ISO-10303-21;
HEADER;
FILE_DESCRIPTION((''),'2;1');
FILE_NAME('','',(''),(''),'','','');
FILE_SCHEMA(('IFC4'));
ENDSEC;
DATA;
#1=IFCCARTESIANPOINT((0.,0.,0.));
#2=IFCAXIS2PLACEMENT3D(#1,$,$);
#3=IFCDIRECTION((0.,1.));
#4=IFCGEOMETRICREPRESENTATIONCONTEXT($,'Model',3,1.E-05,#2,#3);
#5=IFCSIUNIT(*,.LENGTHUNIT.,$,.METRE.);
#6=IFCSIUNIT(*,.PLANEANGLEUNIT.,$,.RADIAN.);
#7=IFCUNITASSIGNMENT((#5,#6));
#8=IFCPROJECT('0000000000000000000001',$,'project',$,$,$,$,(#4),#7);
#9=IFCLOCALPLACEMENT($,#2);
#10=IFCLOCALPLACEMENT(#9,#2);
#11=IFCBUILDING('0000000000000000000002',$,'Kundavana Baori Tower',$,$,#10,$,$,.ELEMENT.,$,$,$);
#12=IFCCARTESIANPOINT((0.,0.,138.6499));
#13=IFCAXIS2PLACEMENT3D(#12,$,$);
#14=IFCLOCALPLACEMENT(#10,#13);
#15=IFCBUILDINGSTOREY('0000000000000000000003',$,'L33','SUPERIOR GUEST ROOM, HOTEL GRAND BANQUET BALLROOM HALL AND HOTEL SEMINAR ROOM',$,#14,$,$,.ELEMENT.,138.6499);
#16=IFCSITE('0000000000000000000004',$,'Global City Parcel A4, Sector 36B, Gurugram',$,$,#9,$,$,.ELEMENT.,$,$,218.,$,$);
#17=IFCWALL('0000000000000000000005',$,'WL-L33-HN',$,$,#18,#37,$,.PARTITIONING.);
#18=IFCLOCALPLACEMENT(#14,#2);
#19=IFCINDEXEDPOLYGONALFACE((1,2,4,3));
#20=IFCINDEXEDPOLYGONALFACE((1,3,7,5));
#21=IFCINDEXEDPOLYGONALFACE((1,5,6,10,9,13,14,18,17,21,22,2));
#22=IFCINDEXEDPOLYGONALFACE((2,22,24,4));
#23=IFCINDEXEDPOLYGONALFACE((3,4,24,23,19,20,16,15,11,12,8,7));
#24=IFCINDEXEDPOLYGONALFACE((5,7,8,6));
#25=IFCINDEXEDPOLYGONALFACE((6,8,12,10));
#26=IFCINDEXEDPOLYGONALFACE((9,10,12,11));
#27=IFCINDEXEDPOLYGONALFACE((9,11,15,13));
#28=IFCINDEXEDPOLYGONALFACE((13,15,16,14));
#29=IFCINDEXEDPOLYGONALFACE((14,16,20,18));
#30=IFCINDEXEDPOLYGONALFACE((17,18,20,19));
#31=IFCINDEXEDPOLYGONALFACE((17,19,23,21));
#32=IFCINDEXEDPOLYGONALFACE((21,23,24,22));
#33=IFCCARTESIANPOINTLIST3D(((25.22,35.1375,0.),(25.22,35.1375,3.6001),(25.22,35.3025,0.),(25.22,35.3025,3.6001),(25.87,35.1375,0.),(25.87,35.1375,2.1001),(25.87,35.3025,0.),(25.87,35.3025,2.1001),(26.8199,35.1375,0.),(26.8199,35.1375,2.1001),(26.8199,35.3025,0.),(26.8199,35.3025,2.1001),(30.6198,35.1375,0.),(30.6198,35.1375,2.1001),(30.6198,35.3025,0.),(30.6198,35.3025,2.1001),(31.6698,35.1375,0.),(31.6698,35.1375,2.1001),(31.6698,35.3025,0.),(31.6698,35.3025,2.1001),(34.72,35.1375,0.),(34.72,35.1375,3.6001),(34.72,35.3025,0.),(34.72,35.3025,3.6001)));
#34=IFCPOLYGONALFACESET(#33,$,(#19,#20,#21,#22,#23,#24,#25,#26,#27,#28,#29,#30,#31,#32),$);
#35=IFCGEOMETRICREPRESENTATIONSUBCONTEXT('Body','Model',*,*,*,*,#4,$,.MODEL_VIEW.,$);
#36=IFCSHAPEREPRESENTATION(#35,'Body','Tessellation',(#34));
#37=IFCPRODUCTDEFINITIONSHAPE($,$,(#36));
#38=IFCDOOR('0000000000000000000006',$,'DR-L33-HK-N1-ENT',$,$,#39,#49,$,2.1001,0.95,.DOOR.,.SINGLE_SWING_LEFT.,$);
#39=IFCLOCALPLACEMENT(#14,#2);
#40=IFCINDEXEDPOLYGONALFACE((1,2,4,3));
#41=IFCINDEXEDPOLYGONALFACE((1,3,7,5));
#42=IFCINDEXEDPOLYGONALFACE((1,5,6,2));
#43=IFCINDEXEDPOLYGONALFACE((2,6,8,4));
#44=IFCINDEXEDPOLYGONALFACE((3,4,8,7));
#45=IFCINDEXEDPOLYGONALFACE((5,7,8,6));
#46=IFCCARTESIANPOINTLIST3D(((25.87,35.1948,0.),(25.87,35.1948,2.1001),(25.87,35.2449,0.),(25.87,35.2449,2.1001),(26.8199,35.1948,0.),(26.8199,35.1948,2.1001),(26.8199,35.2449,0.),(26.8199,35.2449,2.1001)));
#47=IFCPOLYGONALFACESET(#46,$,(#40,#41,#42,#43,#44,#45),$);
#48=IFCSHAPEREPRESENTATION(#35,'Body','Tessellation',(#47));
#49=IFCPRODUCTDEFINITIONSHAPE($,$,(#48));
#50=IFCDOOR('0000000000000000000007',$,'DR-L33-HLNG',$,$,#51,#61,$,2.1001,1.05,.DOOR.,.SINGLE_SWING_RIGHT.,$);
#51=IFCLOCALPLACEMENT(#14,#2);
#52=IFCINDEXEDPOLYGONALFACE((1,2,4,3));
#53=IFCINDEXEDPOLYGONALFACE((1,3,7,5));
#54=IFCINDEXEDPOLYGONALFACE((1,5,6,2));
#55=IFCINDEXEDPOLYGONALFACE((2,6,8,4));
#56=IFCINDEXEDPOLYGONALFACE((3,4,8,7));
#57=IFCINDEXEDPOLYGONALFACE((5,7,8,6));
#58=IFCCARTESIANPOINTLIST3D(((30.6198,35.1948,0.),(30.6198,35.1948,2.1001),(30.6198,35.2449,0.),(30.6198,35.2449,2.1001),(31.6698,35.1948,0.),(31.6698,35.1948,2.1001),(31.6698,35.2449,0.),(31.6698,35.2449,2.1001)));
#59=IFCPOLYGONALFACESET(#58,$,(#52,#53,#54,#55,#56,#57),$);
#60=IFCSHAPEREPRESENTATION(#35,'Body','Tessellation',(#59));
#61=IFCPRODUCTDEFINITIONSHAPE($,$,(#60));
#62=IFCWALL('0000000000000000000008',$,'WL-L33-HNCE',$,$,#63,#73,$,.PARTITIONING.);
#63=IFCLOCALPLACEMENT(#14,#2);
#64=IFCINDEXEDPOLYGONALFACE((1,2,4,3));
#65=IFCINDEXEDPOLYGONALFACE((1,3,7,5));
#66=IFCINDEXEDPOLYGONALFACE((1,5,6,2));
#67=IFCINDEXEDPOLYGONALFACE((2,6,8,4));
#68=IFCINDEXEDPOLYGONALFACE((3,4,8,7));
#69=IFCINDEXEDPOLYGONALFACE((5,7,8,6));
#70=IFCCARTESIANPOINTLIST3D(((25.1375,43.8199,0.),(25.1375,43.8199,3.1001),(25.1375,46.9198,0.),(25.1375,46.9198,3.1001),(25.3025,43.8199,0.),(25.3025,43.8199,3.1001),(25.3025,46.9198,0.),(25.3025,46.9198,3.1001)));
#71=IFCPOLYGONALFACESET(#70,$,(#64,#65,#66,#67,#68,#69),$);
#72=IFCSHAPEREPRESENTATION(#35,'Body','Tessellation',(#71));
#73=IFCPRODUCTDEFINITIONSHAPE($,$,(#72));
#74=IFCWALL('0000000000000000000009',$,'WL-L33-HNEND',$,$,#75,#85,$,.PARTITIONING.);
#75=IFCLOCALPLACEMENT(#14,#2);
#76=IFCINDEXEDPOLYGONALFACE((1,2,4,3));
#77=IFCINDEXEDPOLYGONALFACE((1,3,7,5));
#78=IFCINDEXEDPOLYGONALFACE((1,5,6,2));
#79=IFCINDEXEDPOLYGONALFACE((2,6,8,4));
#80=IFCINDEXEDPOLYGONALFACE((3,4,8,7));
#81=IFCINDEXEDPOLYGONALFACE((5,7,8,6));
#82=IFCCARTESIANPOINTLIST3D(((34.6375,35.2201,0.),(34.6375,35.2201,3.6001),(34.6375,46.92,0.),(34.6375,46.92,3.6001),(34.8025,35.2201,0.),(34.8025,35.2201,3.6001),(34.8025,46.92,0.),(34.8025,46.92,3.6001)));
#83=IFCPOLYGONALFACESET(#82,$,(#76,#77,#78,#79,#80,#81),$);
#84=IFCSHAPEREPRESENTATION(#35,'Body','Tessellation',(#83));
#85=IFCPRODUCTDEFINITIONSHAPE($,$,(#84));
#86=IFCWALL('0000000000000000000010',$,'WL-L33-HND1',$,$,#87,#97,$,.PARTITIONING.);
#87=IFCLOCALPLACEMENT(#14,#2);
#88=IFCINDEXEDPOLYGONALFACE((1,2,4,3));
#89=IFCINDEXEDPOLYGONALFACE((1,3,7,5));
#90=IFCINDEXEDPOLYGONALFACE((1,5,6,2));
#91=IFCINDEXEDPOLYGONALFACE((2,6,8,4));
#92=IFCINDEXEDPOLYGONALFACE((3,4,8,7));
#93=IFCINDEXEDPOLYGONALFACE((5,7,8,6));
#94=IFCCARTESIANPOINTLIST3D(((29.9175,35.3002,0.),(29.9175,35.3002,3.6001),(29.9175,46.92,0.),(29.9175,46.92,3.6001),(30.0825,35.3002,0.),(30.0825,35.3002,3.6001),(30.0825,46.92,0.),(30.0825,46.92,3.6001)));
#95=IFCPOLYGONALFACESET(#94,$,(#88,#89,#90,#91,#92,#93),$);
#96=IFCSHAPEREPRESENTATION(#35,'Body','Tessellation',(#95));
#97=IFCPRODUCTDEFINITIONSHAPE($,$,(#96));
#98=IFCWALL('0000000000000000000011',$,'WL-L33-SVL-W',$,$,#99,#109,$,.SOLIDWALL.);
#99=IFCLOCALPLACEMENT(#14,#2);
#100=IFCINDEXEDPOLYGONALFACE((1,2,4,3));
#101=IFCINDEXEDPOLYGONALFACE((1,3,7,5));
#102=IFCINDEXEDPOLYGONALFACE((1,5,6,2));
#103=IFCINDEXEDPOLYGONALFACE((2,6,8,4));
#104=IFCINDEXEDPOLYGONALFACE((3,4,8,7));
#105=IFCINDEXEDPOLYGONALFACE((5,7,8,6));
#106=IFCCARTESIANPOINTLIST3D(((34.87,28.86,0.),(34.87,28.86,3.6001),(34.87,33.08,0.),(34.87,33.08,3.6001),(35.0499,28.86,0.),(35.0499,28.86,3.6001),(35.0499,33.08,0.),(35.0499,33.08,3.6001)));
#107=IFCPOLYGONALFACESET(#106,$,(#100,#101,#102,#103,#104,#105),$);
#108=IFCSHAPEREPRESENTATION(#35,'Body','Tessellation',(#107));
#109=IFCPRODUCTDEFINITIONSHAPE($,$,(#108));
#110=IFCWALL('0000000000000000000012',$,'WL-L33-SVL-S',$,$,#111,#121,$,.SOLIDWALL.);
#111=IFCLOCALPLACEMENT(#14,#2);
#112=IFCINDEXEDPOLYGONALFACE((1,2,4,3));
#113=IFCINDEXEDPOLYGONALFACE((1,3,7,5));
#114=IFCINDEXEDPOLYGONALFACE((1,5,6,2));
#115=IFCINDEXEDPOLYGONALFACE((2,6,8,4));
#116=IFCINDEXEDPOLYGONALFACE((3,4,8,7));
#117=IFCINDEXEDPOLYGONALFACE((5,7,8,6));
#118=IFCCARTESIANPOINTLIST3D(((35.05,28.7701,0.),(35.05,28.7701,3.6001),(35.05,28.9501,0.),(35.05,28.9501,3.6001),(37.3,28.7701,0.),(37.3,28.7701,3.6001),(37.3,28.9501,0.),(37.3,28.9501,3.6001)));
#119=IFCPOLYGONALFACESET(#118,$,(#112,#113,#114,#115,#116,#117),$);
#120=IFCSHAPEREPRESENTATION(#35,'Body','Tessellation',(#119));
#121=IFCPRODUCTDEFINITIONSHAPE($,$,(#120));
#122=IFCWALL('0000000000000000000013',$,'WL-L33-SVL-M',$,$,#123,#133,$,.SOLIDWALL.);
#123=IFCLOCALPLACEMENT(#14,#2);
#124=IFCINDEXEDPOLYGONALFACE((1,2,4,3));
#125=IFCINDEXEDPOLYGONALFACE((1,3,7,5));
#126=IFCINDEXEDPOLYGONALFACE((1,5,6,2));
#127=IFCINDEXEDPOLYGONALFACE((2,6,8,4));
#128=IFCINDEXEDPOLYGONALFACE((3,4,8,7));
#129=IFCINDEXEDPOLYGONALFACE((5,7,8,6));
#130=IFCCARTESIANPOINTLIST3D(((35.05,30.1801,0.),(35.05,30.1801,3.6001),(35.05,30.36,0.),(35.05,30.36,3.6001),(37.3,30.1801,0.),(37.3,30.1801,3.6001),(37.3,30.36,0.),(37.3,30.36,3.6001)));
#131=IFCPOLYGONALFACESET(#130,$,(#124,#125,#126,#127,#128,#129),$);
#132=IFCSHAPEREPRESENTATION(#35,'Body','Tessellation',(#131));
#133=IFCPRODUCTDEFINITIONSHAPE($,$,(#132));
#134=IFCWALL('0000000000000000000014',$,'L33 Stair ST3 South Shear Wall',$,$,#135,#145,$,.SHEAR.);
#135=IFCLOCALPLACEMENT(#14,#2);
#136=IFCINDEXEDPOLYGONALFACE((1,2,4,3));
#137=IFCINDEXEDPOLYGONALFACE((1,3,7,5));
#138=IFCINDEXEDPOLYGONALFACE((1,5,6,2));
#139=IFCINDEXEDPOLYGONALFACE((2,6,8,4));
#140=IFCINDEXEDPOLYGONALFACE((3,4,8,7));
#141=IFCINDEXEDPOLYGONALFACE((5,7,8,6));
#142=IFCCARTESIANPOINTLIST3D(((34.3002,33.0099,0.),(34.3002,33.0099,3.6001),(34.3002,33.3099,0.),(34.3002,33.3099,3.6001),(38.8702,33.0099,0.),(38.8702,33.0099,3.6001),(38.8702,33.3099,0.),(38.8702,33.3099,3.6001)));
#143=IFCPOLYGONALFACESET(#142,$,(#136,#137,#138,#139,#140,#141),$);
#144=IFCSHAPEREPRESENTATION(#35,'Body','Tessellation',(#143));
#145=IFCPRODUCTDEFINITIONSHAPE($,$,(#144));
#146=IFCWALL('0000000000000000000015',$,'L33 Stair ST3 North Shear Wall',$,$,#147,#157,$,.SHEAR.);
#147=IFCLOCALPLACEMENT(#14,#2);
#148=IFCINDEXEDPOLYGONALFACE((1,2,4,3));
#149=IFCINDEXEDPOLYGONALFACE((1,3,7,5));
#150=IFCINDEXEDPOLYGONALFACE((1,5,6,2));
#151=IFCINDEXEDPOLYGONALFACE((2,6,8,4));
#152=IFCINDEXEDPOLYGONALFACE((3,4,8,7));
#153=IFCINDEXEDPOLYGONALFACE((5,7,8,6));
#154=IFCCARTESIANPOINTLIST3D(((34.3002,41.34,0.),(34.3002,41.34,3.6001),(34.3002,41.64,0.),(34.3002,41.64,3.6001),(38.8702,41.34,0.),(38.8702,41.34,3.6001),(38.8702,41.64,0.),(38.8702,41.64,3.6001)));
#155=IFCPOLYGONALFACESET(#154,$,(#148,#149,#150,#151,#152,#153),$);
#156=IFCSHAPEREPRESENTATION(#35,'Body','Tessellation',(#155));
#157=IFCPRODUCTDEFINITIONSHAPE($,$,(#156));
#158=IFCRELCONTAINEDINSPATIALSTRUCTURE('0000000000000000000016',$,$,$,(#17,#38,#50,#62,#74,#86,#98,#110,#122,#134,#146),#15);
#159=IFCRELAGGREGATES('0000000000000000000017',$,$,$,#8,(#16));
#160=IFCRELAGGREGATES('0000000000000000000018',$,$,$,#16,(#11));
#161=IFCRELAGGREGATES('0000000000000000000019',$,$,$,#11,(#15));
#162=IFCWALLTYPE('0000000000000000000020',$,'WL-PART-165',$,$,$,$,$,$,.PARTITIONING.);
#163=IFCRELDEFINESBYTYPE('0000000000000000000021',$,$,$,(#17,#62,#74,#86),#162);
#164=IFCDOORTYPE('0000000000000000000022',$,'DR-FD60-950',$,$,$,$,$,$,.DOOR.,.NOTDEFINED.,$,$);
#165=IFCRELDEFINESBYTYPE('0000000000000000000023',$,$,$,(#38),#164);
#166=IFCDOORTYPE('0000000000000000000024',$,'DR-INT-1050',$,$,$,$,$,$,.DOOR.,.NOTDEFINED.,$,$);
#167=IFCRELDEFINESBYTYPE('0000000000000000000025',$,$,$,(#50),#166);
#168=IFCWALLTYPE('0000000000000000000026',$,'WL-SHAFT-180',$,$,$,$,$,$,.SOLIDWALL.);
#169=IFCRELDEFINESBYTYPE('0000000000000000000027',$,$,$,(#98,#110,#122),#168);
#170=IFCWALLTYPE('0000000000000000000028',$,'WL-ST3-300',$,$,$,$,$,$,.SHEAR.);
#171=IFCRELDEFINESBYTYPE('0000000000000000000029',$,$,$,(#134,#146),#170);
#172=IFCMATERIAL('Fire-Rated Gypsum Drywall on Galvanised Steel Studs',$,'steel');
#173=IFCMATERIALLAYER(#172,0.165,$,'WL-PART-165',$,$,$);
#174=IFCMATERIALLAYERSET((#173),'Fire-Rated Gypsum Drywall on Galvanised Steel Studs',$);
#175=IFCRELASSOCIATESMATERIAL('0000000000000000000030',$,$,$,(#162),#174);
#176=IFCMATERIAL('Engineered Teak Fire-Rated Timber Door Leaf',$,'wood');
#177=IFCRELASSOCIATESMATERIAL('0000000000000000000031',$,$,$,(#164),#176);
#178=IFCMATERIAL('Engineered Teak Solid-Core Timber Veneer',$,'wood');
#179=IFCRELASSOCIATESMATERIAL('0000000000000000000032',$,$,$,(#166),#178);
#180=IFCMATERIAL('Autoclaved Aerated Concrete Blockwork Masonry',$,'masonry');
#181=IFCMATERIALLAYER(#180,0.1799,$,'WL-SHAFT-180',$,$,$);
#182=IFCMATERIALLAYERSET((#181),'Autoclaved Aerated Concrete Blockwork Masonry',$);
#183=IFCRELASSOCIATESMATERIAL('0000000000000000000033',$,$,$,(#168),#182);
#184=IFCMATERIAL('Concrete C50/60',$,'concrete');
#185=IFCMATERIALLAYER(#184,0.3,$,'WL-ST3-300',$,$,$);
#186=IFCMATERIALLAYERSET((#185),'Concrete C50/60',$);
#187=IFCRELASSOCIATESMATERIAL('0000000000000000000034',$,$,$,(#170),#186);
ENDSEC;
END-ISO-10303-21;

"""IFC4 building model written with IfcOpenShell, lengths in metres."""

from ifc_helpers import new_model, si_unit, direction, frame, frame_2d, origin, place, context, subcontext, project, spatial, rectangle, extrude, material, layer, layer_set, type_object, element, fill, save


model = new_model("IFC4")

# Units and contexts
model_context = context("Model", 3, precision=1e-05, world=origin(), true_north=direction((0.0, 1.0)))
body_context = subcontext(model_context, "Body", "Model", "MODEL_VIEW")
ifc_project = project(units=[si_unit("LENGTHUNIT", "METRE"), si_unit("PLANEANGLEUNIT", "RADIAN")], contexts=[model_context])

# Site, building, storey
site_placement = place(None, origin())
site = spatial("IfcSite", under=ifc_project, at=site_placement, Name="Global City Parcel A4, Sector 36B, Gurugram", CompositionType="ELEMENT", RefElevation=218.0)
building_placement = place(site_placement, origin())
building = spatial("IfcBuilding", under=site, at=building_placement, Name="Kundavana Baori Tower", CompositionType="ELEMENT")
storey_placement = place(building_placement, frame((0.0, 0.0, 138.6499)))
storey = spatial("IfcBuildingStorey", under=building, at=storey_placement, Name="L33", Description="SUPERIOR GUEST ROOM, HOTEL GRAND BANQUET BALLROOM HALL AND HOTEL SEMINAR ROOM", CompositionType="ELEMENT", Elevation=138.6499)

# Wall, openings, doors
ifc_material_1 = material(Name="Fire-Rated Gypsum Drywall on Galvanised Steel Studs", Category="steel")
ifc_layer_1 = layer(ifc_material_1, 0.165, Name="WL-PART-165")
ifc_layer_set_1 = layer_set([ifc_layer_1], Name="Fire-Rated Gypsum Drywall on Galvanised Steel Studs")
wall_type_1 = type_object("IfcWallType", Name="WL-PART-165", PredefinedType="PARTITIONING", material=ifc_layer_set_1)
wall_1_placement = place(storey_placement, frame((25.22, 35.22, 0.0), z_axis=(0.0, 0.0, 1.0), x_axis=(1.0, 0.0, 0.0)))
wall_1 = element("IfcWall", 1, at=wall_1_placement, inside=storey, type_object=wall_type_1, Name="WL-L33-HN", PredefinedType="PARTITIONING", context=body_context, shape_type="SweptSolid", body=[
    extrude(rectangle(XDim=9.5, YDim=0.165, at=frame_2d((4.75, 0.0))), origin(), (0.0, 0.0, 1.0), 3.6001),
])
opening_1_placement = place(wall_1_placement, frame((0.6499, 0.0, 0.0)))
opening_1 = element("IfcOpeningElement", 2, at=opening_1_placement, cuts=wall_1, PredefinedType="OPENING", context=body_context, shape_type="SweptSolid", body=[
    extrude(rectangle(XDim=0.95, YDim=2.1001, at=frame_2d((0.4751, 1.05))), frame((0.0, 0.0925, 0.0), z_axis=(0.0, -1.0, 0.0), x_axis=(1.0, 0.0, 0.0)), (0.0, 0.0, 1.0), 0.1851),
])
opening_2_placement = place(wall_1_placement, frame((5.3999, 0.0, 0.0)))
opening_2 = element("IfcOpeningElement", 3, at=opening_2_placement, cuts=wall_1, PredefinedType="OPENING", context=body_context, shape_type="SweptSolid", body=[
    extrude(rectangle(XDim=1.05, YDim=2.1001, at=frame_2d((0.5249, 1.05))), frame((0.0, 0.0925, 0.0), z_axis=(0.0, -1.0, 0.0), x_axis=(1.0, 0.0, 0.0)), (0.0, 0.0, 1.0), 0.1851),
])
ifc_material_2 = material(Name="Engineered Teak Fire-Rated Timber Door Leaf", Category="wood")
door_type_1 = type_object("IfcDoorType", Name="DR-FD60-950", OperationType="NOTDEFINED", PredefinedType="DOOR", material=ifc_material_2)
door_1_placement = place(opening_1_placement, origin())
door_1 = element("IfcDoor", 4, at=door_1_placement, inside=storey, type_object=door_type_1, Name="DR-L33-HK-N1-ENT", OperationType="SINGLE_SWING_LEFT", OverallHeight=2.1001, OverallWidth=0.95, PredefinedType="DOOR", context=body_context, shape_type="SweptSolid", body=[
    extrude(rectangle(XDim=0.95, YDim=2.1001, at=frame_2d((0.4751, 1.05))), frame((0.0, 0.0249, 0.0), z_axis=(0.0, -1.0, 0.0), x_axis=(1.0, 0.0, 0.0)), (0.0, 0.0, 1.0), 0.05),
])
fill(opening_1, door_1)
ifc_material_3 = material(Name="Engineered Teak Solid-Core Timber Veneer", Category="wood")
door_type_2 = type_object("IfcDoorType", Name="DR-INT-1050", OperationType="NOTDEFINED", PredefinedType="DOOR", material=ifc_material_3)
door_2_placement = place(opening_2_placement, origin())
door_2 = element("IfcDoor", 5, at=door_2_placement, inside=storey, type_object=door_type_2, Name="DR-L33-HLNG", OperationType="SINGLE_SWING_RIGHT", OverallHeight=2.1001, OverallWidth=1.05, PredefinedType="DOOR", context=body_context, shape_type="SweptSolid", body=[
    extrude(rectangle(XDim=1.05, YDim=2.1001, at=frame_2d((0.5249, 1.05))), frame((0.0, 0.0249, 0.0), z_axis=(0.0, -1.0, 0.0), x_axis=(1.0, 0.0, 0.0)), (0.0, 0.0, 1.0), 0.05),
])
fill(opening_2, door_2)

# Walls
wall_2_placement = place(storey_placement, frame((25.22, 43.8201, 0.0), z_axis=(0.0, 0.0, 1.0), x_axis=(0.0, 1.0, 0.0)))
element("IfcWall", 6, at=wall_2_placement, inside=storey, type_object=wall_type_1, Name="WL-L33-HNCE", PredefinedType="PARTITIONING", context=body_context, shape_type="SweptSolid", body=[
    extrude(rectangle(XDim=3.0999, YDim=0.165, at=frame_2d((1.5498, 0.0))), origin(), (0.0, 0.0, 1.0), 3.1001),
])
wall_3_placement = place(storey_placement, frame((34.72, 35.22, 0.0), z_axis=(0.0, 0.0, 1.0), x_axis=(0.0, 1.0, 0.0)))
element("IfcWall", 7, at=wall_3_placement, inside=storey, type_object=wall_type_1, Name="WL-L33-HNEND", PredefinedType="PARTITIONING", context=body_context, shape_type="SweptSolid", body=[
    extrude(rectangle(XDim=11.7, YDim=0.165, at=frame_2d((5.8501, 0.0))), origin(), (0.0, 0.0, 1.0), 3.6001),
])
wall_4_placement = place(storey_placement, frame((30.0, 35.3, 0.0), z_axis=(0.0, 0.0, 1.0), x_axis=(0.0, 1.0, 0.0)))
element("IfcWall", 8, at=wall_4_placement, inside=storey, type_object=wall_type_1, Name="WL-L33-HND1", PredefinedType="PARTITIONING", context=body_context, shape_type="SweptSolid", body=[
    extrude(rectangle(XDim=11.6199, YDim=0.165, at=frame_2d((5.8101, 0.0))), origin(), (0.0, 0.0, 1.0), 3.6001),
])
ifc_material_4 = material(Name="Autoclaved Aerated Concrete Blockwork Masonry", Category="masonry")
ifc_layer_2 = layer(ifc_material_4, 0.1799, Name="WL-SHAFT-180")
ifc_layer_set_2 = layer_set([ifc_layer_2], Name="Autoclaved Aerated Concrete Blockwork Masonry")
wall_type_2 = type_object("IfcWallType", Name="WL-SHAFT-180", PredefinedType="SOLIDWALL", material=ifc_layer_set_2)
wall_5_placement = place(storey_placement, frame((34.96, 28.8601, 0.0), z_axis=(0.0, 0.0, 1.0), x_axis=(0.0, 1.0, 0.0)))
element("IfcWall", 9, at=wall_5_placement, inside=storey, type_object=wall_type_2, Name="WL-L33-SVL-W", PredefinedType="SOLIDWALL", context=body_context, shape_type="SweptSolid", body=[
    extrude(rectangle(XDim=4.22, YDim=0.1799, at=frame_2d((2.1099, 0.0))), origin(), (0.0, 0.0, 1.0), 3.6001),
])
for number, where, z_axis, x_axis, name in (
    (10, (35.05, 28.8601, 0.0), (0.0, 0.0, 1.0), (1.0, 0.0, 0.0), "WL-L33-SVL-S"),
    (11, (35.05, 30.27, 0.0), (0.0, 0.0, 1.0), (1.0, 0.0, 0.0), "WL-L33-SVL-M"),
):
    element("IfcWall", number, at=place(storey_placement, frame(where, z_axis=z_axis, x_axis=x_axis)), inside=storey, type_object=wall_type_2, Name=name, PredefinedType="SOLIDWALL", context=body_context, shape_type="SweptSolid", body=[
        extrude(rectangle(XDim=2.25, YDim=0.1799, at=frame_2d((1.125, 0.0))), origin(), (0.0, 0.0, 1.0), 3.6001),
    ])
ifc_material_5 = material(Name="Concrete C50/60", Category="concrete")
ifc_layer_3 = layer(ifc_material_5, 0.3, Name="WL-ST3-300")
ifc_layer_set_3 = layer_set([ifc_layer_3], Name="Concrete C50/60")
wall_type_3 = type_object("IfcWallType", Name="WL-ST3-300", PredefinedType="SHEAR", material=ifc_layer_set_3)
for number, where, z_axis, x_axis, name in (
    (12, (34.3, 33.1599, 0.0), (0.0, 0.0, 1.0), (1.0, 0.0, 0.0), "L33 Stair ST3 South Shear Wall"),
    (13, (34.3, 41.49, 0.0), (0.0, 0.0, 1.0), (1.0, 0.0, 0.0), "L33 Stair ST3 North Shear Wall"),
):
    element("IfcWall", number, at=place(storey_placement, frame(where, z_axis=z_axis, x_axis=x_axis)), inside=storey, type_object=wall_type_3, Name=name, PredefinedType="SHEAR", context=body_context, shape_type="SweptSolid", body=[
        extrude(rectangle(XDim=4.5701, YDim=0.3, at=frame_2d((2.2852, 0.0))), origin(), (0.0, 0.0, 1.0), 3.6001),
    ])

save(model, "model.ifc")
